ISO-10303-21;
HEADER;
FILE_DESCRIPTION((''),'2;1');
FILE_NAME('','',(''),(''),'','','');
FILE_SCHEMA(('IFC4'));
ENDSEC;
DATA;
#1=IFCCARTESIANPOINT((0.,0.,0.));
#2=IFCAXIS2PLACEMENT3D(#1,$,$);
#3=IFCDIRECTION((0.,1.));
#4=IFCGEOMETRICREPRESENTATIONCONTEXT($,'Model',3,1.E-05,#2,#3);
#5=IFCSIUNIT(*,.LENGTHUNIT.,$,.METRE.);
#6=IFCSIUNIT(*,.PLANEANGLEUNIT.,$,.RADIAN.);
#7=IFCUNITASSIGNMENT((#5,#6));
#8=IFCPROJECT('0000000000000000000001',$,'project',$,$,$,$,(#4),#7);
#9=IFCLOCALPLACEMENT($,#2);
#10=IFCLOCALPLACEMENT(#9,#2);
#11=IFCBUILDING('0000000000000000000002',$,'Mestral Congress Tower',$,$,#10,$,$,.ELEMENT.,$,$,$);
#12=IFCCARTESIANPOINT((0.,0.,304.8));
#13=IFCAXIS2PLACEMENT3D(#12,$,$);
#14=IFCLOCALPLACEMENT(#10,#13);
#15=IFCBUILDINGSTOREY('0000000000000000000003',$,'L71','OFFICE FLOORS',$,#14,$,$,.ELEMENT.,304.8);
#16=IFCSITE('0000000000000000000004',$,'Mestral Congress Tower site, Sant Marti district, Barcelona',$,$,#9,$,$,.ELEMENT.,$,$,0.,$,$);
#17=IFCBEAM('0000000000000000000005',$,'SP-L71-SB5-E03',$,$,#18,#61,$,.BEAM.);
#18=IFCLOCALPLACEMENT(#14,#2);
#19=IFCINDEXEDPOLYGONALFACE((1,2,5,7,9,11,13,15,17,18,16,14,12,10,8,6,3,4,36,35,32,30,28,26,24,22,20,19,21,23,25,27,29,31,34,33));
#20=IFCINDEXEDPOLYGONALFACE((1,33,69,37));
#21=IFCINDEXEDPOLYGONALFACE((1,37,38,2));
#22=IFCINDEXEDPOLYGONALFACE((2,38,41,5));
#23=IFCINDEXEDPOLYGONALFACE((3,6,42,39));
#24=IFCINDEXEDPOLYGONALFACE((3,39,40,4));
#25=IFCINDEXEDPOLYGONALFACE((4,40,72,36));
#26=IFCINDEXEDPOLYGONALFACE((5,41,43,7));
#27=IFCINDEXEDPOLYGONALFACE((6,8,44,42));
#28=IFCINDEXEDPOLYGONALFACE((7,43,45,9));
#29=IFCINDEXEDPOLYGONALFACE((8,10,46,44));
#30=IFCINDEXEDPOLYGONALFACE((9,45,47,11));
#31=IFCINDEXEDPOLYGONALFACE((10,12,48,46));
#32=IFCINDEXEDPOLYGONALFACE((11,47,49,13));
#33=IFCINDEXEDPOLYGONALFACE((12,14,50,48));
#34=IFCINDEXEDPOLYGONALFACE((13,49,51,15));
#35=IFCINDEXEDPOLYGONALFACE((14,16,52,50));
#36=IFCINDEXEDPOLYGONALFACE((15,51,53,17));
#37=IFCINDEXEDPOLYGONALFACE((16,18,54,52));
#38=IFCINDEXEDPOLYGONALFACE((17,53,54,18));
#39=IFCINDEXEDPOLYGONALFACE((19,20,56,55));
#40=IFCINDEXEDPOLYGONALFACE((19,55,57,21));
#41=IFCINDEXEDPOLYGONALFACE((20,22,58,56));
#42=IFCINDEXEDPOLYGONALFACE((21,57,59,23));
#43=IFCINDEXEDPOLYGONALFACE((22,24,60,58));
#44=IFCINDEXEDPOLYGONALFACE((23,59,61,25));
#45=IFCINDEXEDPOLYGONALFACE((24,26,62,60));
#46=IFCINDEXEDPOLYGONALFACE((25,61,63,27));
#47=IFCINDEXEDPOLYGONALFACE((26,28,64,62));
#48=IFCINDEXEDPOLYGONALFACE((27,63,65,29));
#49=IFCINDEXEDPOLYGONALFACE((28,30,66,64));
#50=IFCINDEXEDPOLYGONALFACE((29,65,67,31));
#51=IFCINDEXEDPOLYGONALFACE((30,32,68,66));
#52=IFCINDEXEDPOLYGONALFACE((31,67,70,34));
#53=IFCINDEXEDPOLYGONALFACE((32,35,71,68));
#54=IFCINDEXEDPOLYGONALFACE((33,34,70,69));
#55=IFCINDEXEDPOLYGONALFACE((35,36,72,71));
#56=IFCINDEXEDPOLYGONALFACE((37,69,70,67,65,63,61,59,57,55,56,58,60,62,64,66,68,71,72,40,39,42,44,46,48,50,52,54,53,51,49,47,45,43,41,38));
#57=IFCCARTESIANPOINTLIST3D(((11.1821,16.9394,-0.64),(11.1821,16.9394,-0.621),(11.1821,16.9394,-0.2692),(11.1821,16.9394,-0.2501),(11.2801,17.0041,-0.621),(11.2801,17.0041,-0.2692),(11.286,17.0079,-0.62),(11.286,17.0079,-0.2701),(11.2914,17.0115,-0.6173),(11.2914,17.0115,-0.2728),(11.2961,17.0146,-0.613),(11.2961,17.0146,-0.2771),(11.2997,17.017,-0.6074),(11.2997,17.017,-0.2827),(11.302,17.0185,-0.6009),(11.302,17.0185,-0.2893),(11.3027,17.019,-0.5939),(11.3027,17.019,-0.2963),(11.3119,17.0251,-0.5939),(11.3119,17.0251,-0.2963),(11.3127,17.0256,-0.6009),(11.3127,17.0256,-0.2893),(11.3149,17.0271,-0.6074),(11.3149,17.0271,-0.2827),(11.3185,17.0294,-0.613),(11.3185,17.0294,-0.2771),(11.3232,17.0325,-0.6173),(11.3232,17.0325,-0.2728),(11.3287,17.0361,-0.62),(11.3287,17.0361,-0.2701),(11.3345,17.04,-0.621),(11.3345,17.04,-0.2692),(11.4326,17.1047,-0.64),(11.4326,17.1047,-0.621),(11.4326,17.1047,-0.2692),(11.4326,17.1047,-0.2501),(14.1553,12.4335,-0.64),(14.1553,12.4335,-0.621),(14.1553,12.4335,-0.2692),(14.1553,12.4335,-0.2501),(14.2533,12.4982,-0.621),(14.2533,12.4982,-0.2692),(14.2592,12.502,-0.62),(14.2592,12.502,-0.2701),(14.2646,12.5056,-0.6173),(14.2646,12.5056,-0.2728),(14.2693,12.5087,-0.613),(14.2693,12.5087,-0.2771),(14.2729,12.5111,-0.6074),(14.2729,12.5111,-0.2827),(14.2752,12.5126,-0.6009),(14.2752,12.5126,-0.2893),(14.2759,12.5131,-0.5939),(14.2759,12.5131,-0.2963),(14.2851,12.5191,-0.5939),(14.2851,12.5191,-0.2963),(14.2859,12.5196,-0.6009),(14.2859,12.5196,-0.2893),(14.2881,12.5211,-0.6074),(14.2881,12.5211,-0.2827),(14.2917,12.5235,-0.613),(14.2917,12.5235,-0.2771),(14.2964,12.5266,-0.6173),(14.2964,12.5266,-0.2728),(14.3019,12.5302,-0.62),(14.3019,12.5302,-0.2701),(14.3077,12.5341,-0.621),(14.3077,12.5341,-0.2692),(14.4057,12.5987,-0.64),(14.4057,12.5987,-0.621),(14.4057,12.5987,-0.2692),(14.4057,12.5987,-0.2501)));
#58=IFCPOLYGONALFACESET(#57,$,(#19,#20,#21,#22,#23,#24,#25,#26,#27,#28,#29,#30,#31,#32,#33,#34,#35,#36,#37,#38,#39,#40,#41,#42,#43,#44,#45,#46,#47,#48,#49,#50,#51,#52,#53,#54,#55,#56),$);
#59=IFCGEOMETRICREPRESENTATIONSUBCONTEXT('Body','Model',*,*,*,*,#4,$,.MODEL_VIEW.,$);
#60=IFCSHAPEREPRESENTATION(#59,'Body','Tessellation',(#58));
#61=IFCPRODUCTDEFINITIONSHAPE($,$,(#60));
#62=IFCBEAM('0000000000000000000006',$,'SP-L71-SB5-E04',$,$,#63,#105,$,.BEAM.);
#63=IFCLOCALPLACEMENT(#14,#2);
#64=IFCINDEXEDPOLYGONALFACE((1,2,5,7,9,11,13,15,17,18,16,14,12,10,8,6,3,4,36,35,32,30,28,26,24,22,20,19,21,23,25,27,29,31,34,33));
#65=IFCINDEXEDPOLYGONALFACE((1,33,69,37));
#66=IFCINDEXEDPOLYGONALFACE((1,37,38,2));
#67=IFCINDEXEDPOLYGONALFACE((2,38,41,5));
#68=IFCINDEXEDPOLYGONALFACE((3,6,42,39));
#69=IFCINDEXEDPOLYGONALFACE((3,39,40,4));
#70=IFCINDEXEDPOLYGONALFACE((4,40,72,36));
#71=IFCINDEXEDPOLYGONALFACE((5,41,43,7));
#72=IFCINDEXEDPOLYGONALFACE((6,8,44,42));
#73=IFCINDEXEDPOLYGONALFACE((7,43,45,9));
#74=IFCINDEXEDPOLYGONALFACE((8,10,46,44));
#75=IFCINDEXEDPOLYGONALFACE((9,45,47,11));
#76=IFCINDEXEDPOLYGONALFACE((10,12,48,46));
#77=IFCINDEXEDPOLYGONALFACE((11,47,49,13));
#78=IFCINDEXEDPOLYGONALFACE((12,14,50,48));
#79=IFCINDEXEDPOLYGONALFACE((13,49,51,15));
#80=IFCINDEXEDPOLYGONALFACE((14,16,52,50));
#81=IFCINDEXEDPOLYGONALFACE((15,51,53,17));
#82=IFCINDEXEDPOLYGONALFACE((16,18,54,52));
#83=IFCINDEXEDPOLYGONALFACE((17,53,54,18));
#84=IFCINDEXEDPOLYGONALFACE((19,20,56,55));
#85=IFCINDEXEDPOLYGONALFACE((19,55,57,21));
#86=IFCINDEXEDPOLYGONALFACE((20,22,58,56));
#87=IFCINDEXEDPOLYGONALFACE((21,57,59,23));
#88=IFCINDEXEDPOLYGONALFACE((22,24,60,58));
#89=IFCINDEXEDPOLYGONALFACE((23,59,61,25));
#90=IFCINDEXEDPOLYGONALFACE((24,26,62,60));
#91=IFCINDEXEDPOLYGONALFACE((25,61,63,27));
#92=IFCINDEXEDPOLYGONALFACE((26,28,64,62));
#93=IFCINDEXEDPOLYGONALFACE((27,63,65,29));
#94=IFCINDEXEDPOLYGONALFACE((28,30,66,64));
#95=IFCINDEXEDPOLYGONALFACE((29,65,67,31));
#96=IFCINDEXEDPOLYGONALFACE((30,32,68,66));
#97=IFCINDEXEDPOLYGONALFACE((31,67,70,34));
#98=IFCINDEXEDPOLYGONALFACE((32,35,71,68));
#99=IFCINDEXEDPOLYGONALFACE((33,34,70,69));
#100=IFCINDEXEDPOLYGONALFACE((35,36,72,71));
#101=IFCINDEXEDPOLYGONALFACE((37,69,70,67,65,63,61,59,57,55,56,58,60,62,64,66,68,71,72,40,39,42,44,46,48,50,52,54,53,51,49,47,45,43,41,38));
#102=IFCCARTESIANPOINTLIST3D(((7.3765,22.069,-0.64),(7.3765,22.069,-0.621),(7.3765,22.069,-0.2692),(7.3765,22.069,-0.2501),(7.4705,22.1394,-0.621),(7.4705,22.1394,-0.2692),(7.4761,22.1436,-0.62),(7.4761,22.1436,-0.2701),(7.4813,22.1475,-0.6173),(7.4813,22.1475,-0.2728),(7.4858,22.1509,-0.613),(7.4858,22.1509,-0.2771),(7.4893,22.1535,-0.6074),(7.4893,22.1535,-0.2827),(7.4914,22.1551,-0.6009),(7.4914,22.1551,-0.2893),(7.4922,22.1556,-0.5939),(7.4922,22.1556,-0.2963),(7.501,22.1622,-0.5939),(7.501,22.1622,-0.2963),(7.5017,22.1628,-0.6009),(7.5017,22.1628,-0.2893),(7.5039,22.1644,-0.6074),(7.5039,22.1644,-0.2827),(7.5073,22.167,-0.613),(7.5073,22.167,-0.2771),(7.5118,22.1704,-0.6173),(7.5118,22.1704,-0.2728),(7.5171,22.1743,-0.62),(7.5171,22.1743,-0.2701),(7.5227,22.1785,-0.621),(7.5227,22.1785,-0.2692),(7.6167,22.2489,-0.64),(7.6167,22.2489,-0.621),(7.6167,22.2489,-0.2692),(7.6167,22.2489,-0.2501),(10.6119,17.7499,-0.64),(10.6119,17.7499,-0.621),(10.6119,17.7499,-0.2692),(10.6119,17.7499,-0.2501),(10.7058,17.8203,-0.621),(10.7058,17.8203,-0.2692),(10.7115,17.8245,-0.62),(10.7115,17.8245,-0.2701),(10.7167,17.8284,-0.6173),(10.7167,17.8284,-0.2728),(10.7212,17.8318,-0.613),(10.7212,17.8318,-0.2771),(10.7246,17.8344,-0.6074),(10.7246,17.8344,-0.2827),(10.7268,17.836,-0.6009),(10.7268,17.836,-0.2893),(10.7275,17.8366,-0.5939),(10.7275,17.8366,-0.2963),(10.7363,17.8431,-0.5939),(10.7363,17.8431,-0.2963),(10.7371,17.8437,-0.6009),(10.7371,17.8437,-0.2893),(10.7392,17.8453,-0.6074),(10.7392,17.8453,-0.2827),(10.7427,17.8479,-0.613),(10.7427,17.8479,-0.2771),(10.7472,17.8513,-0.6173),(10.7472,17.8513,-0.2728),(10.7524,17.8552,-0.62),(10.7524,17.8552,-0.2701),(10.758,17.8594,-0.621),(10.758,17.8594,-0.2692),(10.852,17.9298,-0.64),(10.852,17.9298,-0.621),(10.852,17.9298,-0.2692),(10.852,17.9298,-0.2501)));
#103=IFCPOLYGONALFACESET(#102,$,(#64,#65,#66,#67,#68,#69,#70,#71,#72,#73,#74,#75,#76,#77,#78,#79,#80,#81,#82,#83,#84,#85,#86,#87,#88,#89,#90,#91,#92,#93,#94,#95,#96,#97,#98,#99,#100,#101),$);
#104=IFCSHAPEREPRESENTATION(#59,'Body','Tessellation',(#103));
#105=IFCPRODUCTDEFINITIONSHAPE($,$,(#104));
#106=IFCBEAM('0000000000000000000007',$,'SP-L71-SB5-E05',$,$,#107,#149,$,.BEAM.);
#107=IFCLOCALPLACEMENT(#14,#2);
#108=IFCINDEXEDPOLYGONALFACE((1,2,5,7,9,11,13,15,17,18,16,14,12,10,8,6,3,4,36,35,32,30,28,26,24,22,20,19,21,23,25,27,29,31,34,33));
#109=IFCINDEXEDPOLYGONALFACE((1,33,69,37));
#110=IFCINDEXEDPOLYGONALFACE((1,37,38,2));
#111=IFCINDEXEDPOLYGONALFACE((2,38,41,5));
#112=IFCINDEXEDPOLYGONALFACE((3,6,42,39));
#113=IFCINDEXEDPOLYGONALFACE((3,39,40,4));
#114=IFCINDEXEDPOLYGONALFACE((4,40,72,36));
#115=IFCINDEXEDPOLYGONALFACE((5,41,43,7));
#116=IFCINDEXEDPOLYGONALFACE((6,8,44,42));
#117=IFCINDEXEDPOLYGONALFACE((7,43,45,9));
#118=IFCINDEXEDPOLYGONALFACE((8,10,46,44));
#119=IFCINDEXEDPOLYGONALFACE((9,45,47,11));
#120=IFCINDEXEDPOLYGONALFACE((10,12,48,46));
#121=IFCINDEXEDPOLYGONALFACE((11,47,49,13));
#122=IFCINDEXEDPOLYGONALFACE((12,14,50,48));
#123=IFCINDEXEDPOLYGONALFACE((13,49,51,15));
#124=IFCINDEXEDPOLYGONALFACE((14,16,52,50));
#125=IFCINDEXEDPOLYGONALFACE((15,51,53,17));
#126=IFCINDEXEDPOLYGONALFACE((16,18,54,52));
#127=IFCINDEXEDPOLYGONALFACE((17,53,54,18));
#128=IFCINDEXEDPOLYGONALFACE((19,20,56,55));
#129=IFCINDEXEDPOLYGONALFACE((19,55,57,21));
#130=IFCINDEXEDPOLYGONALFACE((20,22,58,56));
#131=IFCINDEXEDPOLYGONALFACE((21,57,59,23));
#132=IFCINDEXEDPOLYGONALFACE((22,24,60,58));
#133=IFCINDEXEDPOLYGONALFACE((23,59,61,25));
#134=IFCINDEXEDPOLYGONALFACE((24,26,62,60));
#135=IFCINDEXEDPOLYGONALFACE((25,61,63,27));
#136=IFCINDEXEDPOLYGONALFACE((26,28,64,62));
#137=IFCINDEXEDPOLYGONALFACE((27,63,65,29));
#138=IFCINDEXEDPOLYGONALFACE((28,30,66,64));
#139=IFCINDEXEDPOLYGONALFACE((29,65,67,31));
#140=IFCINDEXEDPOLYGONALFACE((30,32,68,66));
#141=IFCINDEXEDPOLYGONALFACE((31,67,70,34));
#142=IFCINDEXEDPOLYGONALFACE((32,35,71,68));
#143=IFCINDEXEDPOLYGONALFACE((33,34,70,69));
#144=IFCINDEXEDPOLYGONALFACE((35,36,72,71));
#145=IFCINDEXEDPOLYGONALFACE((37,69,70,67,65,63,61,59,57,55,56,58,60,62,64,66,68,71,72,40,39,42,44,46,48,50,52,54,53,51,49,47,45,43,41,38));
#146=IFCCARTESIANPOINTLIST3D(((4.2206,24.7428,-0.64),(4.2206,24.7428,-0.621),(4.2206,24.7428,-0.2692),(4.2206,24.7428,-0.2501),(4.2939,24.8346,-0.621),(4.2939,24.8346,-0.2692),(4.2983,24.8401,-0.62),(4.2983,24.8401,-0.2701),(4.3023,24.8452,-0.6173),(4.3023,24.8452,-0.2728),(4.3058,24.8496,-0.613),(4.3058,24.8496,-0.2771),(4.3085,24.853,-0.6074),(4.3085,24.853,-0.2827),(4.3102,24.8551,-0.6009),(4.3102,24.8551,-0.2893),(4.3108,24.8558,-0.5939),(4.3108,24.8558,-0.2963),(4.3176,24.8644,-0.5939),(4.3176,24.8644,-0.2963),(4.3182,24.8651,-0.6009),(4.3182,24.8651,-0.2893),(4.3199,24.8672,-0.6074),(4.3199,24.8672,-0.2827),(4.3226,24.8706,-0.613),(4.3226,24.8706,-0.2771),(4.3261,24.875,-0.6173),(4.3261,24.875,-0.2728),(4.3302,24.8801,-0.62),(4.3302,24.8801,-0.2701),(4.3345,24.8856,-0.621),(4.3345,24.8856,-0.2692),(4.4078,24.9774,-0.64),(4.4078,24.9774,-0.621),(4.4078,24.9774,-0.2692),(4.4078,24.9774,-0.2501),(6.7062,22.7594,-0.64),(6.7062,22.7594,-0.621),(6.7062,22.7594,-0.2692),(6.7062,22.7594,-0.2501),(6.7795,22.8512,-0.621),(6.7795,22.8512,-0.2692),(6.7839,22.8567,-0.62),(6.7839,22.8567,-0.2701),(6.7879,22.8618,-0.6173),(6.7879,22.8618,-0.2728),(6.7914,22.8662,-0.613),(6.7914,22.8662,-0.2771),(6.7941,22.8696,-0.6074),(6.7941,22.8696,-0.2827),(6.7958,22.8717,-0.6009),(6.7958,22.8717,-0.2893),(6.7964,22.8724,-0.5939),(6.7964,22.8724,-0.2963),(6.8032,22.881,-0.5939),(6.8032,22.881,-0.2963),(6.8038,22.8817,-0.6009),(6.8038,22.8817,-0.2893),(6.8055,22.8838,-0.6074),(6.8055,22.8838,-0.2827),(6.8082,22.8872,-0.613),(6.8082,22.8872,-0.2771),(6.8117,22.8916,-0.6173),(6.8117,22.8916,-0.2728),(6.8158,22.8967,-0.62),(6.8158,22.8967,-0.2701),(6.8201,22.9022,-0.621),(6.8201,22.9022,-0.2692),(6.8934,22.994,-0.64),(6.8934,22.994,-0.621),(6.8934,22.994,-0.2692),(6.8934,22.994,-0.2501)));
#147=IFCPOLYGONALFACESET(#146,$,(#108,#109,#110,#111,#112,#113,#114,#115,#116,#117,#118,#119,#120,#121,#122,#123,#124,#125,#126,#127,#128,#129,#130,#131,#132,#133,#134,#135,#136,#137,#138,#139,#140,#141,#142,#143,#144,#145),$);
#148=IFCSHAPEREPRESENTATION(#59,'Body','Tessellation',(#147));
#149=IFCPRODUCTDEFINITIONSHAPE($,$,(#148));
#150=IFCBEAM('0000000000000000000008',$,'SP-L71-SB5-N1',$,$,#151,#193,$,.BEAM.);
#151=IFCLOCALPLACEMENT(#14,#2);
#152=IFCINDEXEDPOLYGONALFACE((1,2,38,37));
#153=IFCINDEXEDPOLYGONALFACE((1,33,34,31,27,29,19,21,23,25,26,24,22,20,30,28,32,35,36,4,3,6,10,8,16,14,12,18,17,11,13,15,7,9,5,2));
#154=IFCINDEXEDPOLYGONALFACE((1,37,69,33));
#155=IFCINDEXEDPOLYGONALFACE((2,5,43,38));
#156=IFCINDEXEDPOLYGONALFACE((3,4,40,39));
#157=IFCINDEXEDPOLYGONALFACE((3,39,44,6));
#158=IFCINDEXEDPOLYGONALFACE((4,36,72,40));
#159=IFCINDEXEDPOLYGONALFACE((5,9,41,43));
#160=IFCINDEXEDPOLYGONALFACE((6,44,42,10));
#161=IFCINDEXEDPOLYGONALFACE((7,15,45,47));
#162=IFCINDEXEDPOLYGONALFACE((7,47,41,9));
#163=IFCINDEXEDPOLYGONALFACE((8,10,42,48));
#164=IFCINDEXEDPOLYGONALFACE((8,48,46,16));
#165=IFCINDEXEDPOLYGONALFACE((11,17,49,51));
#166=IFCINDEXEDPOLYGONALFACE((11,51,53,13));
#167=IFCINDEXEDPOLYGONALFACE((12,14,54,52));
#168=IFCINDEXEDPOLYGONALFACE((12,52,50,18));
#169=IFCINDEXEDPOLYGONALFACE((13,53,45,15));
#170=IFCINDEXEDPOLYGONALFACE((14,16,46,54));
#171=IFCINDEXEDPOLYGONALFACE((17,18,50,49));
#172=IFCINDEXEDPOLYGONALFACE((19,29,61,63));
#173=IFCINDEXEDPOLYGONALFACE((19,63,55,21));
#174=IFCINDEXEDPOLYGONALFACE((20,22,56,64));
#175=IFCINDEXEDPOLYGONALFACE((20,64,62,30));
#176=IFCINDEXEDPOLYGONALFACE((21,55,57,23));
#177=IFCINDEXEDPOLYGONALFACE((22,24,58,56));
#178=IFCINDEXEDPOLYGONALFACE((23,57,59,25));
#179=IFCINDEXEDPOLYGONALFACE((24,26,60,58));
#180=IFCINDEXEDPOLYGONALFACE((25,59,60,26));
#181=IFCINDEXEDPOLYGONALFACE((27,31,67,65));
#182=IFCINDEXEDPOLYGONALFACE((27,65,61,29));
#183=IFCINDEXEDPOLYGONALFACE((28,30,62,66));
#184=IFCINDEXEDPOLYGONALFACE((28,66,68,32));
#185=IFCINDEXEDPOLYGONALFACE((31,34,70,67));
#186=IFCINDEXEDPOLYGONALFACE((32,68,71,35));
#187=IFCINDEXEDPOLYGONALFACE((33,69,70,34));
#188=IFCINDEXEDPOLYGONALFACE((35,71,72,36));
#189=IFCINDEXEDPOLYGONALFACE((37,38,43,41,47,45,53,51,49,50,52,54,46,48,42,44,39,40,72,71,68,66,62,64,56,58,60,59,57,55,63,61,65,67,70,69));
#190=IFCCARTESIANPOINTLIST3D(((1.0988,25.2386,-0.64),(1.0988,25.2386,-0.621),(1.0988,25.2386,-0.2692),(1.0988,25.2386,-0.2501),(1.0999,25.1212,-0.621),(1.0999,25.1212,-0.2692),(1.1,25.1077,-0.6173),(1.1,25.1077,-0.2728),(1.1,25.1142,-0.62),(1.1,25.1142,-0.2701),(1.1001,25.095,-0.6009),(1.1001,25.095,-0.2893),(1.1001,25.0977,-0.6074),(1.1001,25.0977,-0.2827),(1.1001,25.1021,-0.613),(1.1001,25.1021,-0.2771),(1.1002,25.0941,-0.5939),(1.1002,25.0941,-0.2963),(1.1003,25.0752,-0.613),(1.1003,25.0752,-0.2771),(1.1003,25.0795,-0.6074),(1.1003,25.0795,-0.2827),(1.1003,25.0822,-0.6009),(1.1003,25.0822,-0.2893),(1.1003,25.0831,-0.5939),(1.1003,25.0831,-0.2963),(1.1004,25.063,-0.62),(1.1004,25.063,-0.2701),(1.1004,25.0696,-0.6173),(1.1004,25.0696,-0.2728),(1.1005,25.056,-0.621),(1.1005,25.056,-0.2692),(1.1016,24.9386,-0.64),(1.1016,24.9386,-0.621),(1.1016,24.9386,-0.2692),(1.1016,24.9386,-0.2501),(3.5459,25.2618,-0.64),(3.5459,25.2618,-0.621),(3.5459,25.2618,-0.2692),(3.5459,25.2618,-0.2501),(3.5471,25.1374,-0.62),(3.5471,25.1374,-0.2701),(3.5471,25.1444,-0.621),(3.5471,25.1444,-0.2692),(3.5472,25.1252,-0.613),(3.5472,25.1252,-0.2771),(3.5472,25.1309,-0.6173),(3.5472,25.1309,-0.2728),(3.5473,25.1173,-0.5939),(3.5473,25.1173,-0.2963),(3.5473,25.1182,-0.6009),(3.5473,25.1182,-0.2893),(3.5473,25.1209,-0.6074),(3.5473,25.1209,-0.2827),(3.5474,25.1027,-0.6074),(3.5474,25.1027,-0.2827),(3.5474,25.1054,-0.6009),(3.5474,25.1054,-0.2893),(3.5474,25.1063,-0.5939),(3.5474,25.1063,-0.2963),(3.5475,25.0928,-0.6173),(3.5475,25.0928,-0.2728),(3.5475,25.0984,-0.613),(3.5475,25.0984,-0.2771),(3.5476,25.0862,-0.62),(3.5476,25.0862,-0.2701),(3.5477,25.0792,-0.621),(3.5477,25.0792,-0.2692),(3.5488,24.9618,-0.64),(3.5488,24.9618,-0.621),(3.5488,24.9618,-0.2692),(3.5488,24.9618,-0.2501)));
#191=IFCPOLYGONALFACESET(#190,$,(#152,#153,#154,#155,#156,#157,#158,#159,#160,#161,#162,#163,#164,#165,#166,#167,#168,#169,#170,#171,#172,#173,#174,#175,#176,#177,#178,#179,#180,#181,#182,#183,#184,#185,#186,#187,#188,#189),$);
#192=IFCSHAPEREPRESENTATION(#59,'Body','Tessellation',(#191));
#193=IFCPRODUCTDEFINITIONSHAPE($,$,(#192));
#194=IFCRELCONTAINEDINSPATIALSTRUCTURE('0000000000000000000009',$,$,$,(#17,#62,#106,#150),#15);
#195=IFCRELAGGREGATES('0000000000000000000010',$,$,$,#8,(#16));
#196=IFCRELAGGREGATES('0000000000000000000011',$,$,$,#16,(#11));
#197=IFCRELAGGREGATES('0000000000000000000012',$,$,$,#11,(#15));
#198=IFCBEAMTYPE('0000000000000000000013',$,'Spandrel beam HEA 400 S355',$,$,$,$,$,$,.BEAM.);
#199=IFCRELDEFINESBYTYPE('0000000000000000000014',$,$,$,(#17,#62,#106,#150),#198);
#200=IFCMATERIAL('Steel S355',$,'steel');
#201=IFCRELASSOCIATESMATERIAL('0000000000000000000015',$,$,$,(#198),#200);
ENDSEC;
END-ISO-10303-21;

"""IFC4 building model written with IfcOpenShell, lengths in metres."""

from ifc_helpers import new_model, si_unit, direction, frame, origin, origin_2d, place, context, subcontext, project, spatial, i_section, extrude, material, material_profile, profile_set, type_object, element, save


model = new_model("IFC4")

# Units and contexts
model_context = context("Model", 3, precision=1e-05, world=origin(), true_north=direction((0.0, 1.0)))
body_context = subcontext(model_context, "Body", "Model", "MODEL_VIEW")
ifc_project = project(units=[si_unit("LENGTHUNIT", "METRE"), si_unit("PLANEANGLEUNIT", "RADIAN")], contexts=[model_context])

# Site, building, storey
site_placement = place(None, origin())
site = spatial("IfcSite", under=ifc_project, at=site_placement, Name="Mestral Congress Tower site, Sant Marti district, Barcelona", CompositionType="ELEMENT", RefElevation=0.0)
building_placement = place(site_placement, origin())
building = spatial("IfcBuilding", under=site, at=building_placement, Name="Mestral Congress Tower", CompositionType="ELEMENT")
storey_placement = place(building_placement, frame((0.0, 0.0, 304.8)))
storey = spatial("IfcBuildingStorey", under=building, at=storey_placement, Name="L71", Description="OFFICE FLOORS", CompositionType="ELEMENT", Elevation=304.8)

# Beams
ifc_material_1 = material(Name="Steel S355", Category="steel")
ifc_material_profile_1 = material_profile(ifc_material_1, i_section(OverallWidth=0.3, OverallDepth=0.3899, WebThickness=0.011, FlangeThickness=0.019, FilletRadius=0.0271, at=origin_2d()), Name="HEA 400")
ifc_profile_set_1 = profile_set([ifc_material_profile_1], Name="Steel S355")
beam_type_1 = type_object("IfcBeamType", Name="Spandrel beam HEA 400 S355", PredefinedType="BEAM", material=ifc_profile_set_1)
beam_1_placement = place(storey_placement, frame((14.2805, 12.5161, -0.4451), z_axis=(-0.550749, 0.834671, 0.0), x_axis=(-0.834671, -0.550749, 0.0)))
element("IfcBeam", 1, at=beam_1_placement, inside=storey, type_object=beam_type_1, Name="SP-L71-SB5-E03", PredefinedType="BEAM", context=body_context, shape_type="SweptSolid", body=[
    extrude(i_section(OverallWidth=0.3, OverallDepth=0.3899, WebThickness=0.011, FlangeThickness=0.019, FilletRadius=0.0271, at=origin_2d()), origin(), (0.0, 0.0, 1.0), 5.3984),
])
beam_2_placement = place(storey_placement, frame((10.7319, 17.8398, -0.4451), z_axis=(-0.599529, 0.800353, 0.0), x_axis=(-0.800353, -0.599529, 0.0)))
element("IfcBeam", 2, at=beam_2_placement, inside=storey, type_object=beam_type_1, Name="SP-L71-SB5-E04", PredefinedType="BEAM", context=body_context, shape_type="SweptSolid", body=[
    extrude(i_section(OverallWidth=0.3, OverallDepth=0.3899, WebThickness=0.011, FlangeThickness=0.019, FilletRadius=0.0271, at=origin_2d()), origin(), (0.0, 0.0, 1.0), 5.3965),
])
beam_3_placement = place(storey_placement, frame((6.7998, 22.8767, -0.4451), z_axis=(-0.781647, 0.623721, 0.0), x_axis=(-0.623721, -0.781647, 0.0)))
element("IfcBeam", 3, at=beam_3_placement, inside=storey, type_object=beam_type_1, Name="SP-L71-SB5-E05", PredefinedType="BEAM", context=body_context, shape_type="SweptSolid", body=[
    extrude(i_section(OverallWidth=0.3, OverallDepth=0.3899, WebThickness=0.011, FlangeThickness=0.019, FilletRadius=0.0271, at=origin_2d()), origin(), (0.0, 0.0, 1.0), 3.1799),
])
beam_4_placement = place(storey_placement, frame((3.5474, 25.1118, -0.4451), z_axis=(-0.999955, -0.009477, 0.0), x_axis=(0.009477, -0.999955, 0.0)))
element("IfcBeam", 4, at=beam_4_placement, inside=storey, type_object=beam_type_1, Name="SP-L71-SB5-N1", PredefinedType="BEAM", context=body_context, shape_type="SweptSolid", body=[
    extrude(i_section(OverallWidth=0.3, OverallDepth=0.3899, WebThickness=0.011, FlangeThickness=0.019, FilletRadius=0.0271, at=origin_2d()), origin(), (0.0, 0.0, 1.0), 2.4473),
])

save(model, "model.ifc")
